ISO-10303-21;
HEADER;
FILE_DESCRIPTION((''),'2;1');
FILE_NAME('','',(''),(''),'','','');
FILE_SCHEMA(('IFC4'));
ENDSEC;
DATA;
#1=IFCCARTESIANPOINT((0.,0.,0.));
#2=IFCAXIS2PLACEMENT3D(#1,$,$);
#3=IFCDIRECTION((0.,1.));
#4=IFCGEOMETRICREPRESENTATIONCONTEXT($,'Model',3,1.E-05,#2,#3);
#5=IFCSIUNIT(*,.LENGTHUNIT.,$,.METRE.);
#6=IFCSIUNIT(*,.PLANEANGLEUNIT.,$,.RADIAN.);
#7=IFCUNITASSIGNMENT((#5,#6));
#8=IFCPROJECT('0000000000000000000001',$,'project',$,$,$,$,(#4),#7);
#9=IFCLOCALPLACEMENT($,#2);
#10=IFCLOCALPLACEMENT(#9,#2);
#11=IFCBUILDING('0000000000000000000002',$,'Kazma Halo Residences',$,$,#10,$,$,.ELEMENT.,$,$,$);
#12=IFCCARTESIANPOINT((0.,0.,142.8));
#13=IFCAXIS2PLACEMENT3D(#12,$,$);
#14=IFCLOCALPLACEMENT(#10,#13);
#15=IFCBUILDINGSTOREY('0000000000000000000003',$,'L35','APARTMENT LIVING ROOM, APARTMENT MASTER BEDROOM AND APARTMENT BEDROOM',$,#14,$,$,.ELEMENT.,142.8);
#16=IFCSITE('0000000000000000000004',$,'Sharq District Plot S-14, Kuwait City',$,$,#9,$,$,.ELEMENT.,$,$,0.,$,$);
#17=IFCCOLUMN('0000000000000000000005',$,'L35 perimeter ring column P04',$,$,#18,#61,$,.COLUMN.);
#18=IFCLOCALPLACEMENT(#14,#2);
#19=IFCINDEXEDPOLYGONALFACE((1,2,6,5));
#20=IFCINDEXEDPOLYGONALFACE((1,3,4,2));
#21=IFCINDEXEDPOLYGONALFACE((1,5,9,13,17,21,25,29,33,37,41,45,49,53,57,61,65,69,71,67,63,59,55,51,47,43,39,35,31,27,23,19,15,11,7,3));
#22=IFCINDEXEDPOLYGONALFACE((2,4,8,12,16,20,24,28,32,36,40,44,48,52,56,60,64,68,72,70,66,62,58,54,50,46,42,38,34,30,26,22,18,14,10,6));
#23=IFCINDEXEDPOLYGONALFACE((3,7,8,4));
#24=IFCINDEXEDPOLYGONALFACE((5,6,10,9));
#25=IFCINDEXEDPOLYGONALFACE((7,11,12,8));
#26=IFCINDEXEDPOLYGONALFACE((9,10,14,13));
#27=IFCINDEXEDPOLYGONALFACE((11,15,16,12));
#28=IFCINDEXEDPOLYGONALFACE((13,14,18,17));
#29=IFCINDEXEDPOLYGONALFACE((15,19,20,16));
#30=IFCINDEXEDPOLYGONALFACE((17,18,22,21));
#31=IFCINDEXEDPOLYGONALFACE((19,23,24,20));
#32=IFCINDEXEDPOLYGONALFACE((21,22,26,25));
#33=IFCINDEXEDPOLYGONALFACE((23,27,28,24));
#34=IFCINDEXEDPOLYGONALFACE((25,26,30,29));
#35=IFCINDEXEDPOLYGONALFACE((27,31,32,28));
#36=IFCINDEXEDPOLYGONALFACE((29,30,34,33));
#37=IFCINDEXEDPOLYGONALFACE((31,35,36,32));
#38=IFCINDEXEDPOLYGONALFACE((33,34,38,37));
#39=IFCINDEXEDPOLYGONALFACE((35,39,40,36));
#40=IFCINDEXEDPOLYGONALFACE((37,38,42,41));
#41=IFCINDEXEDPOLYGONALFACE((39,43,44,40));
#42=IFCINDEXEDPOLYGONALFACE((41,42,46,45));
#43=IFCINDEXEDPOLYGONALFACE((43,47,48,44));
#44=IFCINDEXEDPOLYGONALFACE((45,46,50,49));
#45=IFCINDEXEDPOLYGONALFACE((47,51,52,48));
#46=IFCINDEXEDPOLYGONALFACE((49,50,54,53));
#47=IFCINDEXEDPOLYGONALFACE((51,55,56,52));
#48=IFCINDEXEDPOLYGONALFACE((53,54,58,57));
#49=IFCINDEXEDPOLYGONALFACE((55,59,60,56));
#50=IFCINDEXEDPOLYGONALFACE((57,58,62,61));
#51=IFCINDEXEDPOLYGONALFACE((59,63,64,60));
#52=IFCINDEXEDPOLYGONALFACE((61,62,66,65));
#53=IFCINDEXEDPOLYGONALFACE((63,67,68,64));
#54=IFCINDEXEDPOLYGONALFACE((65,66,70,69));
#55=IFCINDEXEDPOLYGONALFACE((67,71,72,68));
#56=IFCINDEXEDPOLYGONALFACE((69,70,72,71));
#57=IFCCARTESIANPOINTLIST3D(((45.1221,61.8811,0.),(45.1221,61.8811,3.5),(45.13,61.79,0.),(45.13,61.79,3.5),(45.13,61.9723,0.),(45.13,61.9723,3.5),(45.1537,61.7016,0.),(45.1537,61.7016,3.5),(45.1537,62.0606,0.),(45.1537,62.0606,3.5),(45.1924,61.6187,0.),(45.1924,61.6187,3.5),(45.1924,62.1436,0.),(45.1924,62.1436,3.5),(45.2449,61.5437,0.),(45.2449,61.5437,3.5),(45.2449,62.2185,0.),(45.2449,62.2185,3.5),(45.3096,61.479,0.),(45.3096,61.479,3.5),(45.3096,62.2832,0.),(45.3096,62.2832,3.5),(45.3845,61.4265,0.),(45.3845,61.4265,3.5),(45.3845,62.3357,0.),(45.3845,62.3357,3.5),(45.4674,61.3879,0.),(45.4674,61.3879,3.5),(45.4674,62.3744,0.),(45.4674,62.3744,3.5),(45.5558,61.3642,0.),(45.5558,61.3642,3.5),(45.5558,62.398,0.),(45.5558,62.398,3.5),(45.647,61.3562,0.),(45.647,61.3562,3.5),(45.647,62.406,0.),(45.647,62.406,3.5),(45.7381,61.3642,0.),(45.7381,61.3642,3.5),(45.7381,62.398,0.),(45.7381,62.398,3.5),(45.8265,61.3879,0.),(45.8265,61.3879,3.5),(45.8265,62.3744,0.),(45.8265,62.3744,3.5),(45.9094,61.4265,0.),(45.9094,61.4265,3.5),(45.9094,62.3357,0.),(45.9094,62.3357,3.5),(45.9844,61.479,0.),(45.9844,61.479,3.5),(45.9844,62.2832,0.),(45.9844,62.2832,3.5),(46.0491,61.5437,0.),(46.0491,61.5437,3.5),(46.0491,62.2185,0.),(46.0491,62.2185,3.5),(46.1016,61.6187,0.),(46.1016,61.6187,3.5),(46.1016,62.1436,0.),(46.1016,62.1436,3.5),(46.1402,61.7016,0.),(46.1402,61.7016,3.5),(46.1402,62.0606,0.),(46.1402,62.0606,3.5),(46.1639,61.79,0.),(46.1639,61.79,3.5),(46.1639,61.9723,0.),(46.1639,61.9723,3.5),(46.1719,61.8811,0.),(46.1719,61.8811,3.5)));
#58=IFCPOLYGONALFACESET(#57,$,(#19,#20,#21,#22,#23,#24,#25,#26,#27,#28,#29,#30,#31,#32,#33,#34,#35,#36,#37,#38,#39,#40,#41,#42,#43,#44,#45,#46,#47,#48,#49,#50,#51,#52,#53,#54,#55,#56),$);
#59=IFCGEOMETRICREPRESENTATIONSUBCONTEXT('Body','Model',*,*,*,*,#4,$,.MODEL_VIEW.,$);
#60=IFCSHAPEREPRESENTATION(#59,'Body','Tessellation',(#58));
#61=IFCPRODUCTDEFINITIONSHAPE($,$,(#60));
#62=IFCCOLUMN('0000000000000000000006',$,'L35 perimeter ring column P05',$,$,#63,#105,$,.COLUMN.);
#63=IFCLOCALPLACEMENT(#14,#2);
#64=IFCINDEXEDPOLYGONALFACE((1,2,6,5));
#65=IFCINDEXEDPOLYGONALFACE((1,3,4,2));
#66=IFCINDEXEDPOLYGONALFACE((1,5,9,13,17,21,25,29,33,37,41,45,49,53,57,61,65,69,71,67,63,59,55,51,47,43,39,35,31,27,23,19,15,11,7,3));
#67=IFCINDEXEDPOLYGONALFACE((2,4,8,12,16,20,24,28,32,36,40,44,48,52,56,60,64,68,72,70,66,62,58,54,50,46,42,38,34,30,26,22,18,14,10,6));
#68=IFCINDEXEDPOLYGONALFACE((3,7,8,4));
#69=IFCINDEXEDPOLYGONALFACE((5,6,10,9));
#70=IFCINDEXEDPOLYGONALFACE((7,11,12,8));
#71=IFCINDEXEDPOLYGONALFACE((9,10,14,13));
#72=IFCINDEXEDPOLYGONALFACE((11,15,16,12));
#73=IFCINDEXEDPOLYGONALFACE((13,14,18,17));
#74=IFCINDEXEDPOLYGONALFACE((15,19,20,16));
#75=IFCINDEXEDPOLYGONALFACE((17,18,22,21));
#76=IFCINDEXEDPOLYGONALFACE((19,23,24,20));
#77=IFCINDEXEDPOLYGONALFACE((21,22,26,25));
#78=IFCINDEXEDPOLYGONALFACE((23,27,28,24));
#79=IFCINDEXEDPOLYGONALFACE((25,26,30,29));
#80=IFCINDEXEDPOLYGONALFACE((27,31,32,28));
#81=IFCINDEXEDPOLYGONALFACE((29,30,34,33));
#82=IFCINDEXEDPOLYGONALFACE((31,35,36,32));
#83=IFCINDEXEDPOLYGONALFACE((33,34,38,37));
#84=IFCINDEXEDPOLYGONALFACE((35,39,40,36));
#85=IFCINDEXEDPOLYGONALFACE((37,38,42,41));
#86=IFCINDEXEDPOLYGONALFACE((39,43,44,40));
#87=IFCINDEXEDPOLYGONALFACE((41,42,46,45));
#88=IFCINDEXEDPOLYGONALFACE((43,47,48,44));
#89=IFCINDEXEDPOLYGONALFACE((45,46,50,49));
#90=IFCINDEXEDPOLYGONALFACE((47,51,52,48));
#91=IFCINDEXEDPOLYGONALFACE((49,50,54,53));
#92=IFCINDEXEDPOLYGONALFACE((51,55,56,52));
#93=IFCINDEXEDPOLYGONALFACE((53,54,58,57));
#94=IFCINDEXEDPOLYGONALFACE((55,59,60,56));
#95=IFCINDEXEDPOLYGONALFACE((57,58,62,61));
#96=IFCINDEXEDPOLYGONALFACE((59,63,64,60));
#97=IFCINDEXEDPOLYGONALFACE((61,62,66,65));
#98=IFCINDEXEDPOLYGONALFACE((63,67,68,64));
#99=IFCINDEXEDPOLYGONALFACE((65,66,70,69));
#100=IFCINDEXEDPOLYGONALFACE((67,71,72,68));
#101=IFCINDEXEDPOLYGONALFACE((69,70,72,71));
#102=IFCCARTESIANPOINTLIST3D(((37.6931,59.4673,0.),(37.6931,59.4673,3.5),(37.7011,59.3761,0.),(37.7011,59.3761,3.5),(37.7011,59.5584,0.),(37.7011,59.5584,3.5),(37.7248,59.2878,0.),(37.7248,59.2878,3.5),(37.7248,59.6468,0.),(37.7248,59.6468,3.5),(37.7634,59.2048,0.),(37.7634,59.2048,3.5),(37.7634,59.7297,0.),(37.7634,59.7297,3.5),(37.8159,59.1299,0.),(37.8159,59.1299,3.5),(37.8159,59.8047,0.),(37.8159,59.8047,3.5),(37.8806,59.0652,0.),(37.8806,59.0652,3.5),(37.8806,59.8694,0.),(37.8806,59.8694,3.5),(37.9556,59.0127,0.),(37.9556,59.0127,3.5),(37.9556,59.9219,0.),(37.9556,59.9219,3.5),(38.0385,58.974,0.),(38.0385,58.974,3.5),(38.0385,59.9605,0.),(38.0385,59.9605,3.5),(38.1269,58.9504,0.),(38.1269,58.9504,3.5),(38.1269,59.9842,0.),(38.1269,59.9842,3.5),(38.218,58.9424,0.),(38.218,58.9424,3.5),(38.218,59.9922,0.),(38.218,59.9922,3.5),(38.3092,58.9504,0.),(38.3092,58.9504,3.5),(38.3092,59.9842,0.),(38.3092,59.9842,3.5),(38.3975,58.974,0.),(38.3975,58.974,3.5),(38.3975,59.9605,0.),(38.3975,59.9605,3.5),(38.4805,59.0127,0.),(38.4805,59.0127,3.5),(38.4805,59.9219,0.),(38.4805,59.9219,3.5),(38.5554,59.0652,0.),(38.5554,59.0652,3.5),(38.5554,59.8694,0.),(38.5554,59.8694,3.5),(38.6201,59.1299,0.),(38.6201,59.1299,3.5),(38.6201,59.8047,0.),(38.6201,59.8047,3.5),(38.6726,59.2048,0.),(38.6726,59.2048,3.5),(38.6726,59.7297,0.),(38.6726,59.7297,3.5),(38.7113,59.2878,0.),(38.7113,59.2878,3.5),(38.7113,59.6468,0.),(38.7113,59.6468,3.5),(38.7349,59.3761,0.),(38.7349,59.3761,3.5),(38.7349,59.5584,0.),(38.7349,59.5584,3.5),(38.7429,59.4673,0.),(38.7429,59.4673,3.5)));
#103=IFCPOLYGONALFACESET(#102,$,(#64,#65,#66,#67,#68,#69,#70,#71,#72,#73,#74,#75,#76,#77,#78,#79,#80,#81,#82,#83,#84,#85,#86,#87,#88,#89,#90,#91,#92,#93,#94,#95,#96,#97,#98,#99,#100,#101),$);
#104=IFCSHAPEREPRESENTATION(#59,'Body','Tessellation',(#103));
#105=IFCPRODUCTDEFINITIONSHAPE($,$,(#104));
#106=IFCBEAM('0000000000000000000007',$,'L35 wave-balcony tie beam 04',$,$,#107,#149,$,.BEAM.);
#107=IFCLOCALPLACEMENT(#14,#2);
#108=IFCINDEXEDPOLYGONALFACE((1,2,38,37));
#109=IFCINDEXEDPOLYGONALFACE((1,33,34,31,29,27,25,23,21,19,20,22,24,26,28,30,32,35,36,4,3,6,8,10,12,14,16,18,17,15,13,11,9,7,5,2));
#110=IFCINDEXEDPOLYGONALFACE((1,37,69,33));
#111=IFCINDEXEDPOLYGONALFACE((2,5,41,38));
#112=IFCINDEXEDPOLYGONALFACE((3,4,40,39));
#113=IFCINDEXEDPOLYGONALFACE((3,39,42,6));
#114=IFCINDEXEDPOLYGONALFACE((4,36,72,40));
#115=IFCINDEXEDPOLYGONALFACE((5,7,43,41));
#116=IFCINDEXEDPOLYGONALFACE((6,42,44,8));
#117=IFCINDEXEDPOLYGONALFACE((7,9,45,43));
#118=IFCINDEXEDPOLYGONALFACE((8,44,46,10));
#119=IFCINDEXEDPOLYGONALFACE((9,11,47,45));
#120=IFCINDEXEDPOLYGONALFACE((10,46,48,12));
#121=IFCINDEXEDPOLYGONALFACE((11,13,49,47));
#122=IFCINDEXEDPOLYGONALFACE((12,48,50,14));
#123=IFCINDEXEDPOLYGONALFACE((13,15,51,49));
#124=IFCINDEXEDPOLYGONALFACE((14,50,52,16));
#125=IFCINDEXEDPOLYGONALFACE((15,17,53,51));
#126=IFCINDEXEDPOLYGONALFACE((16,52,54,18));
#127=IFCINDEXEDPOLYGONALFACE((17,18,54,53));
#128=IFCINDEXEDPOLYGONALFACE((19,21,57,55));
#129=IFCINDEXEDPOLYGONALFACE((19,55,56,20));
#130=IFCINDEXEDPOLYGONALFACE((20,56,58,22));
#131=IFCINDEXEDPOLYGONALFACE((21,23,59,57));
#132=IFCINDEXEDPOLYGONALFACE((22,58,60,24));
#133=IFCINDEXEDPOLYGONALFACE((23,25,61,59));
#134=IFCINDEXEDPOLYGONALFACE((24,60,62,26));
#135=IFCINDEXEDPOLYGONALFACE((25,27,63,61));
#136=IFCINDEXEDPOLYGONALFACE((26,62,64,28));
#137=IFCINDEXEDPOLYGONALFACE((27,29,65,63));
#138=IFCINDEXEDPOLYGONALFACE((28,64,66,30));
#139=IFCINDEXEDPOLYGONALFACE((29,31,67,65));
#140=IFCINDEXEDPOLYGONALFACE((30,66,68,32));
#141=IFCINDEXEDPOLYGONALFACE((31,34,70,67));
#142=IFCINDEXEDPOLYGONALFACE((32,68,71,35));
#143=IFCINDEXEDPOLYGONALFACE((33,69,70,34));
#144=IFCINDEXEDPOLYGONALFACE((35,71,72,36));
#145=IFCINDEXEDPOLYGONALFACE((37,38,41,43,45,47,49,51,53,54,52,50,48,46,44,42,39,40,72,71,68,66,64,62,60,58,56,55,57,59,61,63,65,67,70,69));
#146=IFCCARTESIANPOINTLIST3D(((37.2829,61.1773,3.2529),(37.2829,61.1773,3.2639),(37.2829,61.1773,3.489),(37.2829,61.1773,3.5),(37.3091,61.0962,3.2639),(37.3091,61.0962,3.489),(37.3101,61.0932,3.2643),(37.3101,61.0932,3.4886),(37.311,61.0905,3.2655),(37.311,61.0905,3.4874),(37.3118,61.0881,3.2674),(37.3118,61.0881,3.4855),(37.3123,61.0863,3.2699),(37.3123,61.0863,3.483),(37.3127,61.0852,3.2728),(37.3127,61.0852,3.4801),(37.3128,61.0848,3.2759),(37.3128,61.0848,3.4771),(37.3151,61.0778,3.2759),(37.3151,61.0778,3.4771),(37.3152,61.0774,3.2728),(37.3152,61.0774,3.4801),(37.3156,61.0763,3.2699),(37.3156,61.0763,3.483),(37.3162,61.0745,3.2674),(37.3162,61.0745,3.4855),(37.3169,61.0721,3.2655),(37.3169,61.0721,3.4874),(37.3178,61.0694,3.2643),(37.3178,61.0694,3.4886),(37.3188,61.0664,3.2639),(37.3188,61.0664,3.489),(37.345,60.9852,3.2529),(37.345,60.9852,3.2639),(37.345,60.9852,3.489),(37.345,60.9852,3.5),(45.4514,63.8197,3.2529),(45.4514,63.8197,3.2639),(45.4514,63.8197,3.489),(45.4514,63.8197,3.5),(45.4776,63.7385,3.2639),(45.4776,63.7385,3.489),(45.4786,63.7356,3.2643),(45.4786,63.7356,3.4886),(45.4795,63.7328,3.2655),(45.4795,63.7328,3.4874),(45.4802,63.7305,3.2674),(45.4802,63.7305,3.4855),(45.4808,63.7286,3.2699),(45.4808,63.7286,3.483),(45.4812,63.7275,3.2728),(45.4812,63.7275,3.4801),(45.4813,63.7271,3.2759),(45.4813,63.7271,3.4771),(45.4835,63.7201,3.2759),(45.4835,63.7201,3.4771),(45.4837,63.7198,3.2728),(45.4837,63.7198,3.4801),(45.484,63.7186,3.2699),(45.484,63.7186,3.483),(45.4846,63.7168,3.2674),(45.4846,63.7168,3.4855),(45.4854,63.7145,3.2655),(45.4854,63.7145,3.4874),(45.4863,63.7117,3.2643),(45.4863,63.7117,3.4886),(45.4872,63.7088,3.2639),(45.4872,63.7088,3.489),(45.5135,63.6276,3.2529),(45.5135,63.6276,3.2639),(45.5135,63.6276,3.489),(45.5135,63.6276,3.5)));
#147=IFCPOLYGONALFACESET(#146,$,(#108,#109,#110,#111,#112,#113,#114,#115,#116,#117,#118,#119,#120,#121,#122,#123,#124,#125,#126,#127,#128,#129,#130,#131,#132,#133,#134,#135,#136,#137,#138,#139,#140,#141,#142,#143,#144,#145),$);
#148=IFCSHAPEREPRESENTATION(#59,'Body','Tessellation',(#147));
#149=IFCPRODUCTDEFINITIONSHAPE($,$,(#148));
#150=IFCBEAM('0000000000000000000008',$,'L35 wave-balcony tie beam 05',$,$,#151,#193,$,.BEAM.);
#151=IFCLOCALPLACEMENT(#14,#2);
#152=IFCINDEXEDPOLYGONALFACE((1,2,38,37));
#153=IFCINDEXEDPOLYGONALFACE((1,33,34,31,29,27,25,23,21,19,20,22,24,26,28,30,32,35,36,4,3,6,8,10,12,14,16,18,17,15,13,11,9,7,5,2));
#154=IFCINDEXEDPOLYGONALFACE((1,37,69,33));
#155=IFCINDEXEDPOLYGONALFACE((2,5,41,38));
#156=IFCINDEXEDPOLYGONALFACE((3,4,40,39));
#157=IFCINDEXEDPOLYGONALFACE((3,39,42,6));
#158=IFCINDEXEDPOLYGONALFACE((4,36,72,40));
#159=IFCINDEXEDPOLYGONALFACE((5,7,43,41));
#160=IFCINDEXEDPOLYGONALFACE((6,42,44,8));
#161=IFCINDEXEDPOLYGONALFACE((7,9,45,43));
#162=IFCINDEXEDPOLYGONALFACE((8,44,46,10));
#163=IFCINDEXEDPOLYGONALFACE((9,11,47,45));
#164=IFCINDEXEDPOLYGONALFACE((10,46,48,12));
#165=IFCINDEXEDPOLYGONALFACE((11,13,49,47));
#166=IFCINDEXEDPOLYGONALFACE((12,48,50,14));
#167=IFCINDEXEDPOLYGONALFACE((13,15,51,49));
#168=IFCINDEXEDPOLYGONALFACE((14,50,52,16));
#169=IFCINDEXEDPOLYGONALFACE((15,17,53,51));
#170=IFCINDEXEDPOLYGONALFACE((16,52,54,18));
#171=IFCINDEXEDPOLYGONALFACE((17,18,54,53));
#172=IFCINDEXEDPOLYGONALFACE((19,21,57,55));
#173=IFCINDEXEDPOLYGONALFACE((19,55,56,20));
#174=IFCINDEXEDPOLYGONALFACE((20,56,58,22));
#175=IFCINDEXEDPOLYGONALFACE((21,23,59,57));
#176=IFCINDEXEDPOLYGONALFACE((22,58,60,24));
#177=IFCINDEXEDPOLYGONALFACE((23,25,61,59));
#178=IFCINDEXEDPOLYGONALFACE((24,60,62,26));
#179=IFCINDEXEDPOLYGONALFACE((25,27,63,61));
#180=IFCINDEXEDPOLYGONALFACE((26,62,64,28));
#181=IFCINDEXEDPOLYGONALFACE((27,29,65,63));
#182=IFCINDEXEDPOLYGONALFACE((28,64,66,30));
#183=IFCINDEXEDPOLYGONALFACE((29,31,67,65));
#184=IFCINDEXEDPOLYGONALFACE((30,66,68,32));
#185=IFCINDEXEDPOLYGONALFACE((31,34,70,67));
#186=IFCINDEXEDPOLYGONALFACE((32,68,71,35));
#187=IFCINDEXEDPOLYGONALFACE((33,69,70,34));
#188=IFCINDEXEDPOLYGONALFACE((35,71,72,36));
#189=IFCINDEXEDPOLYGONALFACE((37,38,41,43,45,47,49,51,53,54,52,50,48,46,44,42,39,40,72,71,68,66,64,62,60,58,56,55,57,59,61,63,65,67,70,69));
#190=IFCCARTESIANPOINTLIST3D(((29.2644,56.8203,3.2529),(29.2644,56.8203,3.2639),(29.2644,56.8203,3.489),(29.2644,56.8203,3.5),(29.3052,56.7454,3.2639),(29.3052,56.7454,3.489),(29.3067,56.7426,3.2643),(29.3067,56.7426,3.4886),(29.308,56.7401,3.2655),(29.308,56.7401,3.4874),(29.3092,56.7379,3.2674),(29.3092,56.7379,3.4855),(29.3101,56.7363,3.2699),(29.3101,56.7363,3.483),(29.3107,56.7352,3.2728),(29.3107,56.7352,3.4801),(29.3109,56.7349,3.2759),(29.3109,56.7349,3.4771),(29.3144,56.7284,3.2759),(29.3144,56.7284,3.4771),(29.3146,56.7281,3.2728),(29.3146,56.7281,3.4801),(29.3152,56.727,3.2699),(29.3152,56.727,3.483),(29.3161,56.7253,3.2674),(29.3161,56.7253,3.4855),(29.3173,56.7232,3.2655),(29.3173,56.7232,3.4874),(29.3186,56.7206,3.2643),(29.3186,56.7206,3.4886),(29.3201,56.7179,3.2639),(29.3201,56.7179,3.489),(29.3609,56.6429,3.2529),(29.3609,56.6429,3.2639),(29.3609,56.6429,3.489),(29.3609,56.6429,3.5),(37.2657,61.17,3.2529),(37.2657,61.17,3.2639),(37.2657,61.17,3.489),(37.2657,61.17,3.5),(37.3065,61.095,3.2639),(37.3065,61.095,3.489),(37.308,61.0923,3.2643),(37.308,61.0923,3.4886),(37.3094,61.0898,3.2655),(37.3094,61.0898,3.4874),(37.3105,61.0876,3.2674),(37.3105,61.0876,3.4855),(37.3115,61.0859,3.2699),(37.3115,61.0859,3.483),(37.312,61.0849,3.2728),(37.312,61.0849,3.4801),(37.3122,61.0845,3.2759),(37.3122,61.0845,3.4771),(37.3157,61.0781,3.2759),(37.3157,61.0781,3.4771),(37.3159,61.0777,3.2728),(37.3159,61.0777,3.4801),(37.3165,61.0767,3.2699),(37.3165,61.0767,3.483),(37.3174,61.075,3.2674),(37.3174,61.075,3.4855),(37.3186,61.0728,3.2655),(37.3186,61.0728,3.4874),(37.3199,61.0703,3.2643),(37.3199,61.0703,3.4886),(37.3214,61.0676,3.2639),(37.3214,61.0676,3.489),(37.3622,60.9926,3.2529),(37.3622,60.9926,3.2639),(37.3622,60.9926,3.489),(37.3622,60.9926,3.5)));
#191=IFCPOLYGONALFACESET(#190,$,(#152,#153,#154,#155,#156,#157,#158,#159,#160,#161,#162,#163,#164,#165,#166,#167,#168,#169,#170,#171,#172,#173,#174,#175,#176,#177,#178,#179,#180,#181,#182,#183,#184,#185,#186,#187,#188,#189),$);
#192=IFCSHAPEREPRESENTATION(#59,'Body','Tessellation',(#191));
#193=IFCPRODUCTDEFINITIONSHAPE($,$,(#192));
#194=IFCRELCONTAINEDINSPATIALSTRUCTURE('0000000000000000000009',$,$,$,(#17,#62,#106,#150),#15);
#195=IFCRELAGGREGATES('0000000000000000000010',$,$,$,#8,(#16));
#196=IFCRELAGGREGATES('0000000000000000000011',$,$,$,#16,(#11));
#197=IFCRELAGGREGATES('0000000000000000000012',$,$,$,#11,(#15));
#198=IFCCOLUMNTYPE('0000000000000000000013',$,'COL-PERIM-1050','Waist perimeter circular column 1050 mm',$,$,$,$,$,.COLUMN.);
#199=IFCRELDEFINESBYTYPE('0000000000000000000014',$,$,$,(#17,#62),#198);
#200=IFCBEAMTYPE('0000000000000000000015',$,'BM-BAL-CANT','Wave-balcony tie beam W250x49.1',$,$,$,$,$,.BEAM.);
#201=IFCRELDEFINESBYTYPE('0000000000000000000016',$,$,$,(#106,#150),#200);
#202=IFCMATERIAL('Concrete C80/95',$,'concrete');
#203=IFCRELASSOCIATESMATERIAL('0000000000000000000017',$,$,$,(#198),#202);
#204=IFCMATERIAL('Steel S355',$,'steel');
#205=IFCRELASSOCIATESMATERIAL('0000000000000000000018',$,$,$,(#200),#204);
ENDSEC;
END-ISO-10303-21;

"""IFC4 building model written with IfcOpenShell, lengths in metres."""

from ifc_helpers import new_model, si_unit, direction, frame, origin, origin_2d, place, context, subcontext, project, spatial, circle, i_section, extrude, material, material_profile, profile_set, type_object, element, save


model = new_model("IFC4")

# Units and contexts
model_context = context("Model", 3, precision=1e-05, world=origin(), true_north=direction((0.0, 1.0)))
body_context = subcontext(model_context, "Body", "Model", "MODEL_VIEW")
ifc_project = project(units=[si_unit("LENGTHUNIT", "METRE"), si_unit("PLANEANGLEUNIT", "RADIAN")], contexts=[model_context])

# Site, building, storey
site_placement = place(None, origin())
site = spatial("IfcSite", under=ifc_project, at=site_placement, Name="Sharq District Plot S-14, Kuwait City", CompositionType="ELEMENT", RefElevation=0.0)
building_placement = place(site_placement, origin())
building = spatial("IfcBuilding", under=site, at=building_placement, Name="Kazma Halo Residences", CompositionType="ELEMENT")
storey_placement = place(building_placement, frame((0.0, 0.0, 142.8)))
storey = spatial("IfcBuildingStorey", under=building, at=storey_placement, Name="L35", Description="APARTMENT LIVING ROOM, APARTMENT MASTER BEDROOM AND APARTMENT BEDROOM", CompositionType="ELEMENT", Elevation=142.8)

# Columns
ifc_material_1 = material(Name="Concrete C80/95", Category="concrete")
ifc_material_profile_1 = material_profile(ifc_material_1, circle(Radius=0.5249, at=origin_2d()), Name="CIRC1050")
ifc_profile_set_1 = profile_set([ifc_material_profile_1], Name="Concrete C80/95")
column_type = type_object("IfcColumnType", Name="COL-PERIM-1050", Description="Waist perimeter circular column 1050 mm", PredefinedType="COLUMN", material=ifc_profile_set_1)
for number, where, z_axis, x_axis, name in (
    (1, (45.647, 61.8811, 0.0), (0.0, 0.0, 1.0), (1.0, 0.0, 0.0), "L35 perimeter ring column P04"),
    (2, (38.218, 59.4673, 0.0), (0.0, 0.0, 1.0), (1.0, 0.0, 0.0), "L35 perimeter ring column P05"),
):
    element("IfcColumn", number, at=place(storey_placement, frame(where, z_axis=z_axis, x_axis=x_axis)), inside=storey, type_object=column_type, Name=name, PredefinedType="COLUMN", context=body_context, shape_type="SweptSolid", body=[
        extrude(circle(Radius=0.5249, at=origin_2d()), origin(), (0.0, 0.0, 1.0), 3.5),
    ])

# Beams
ifc_material_2 = material(Name="Steel S355", Category="steel")
ifc_material_profile_2 = material_profile(ifc_material_2, i_section(OverallWidth=0.2019, OverallDepth=0.2471, WebThickness=0.0073, FlangeThickness=0.011, FilletRadius=0.012, at=origin_2d()), Name="W250x49.1")
ifc_profile_set_2 = profile_set([ifc_material_profile_2], Name="Steel S355")
beam_type_1 = type_object("IfcBeamType", Name="BM-BAL-CANT", Description="Wave-balcony tie beam W250x49.1", PredefinedType="BEAM", material=ifc_profile_set_2)
beam_1_placement = place(storey_placement, frame((45.4824, 63.7236, 3.3765), z_axis=(-0.951458, -0.307778, 0.0), x_axis=(0.307778, -0.951458, 0.0)))
element("IfcBeam", 3, at=beam_1_placement, inside=storey, type_object=beam_type_1, Name="L35 wave-balcony tie beam 04", PredefinedType="BEAM", context=body_context, shape_type="SweptSolid", body=[
    extrude(i_section(OverallWidth=0.2019, OverallDepth=0.2471, WebThickness=0.0073, FlangeThickness=0.011, FilletRadius=0.012, at=origin_2d()), origin(), (0.0, 0.0, 1.0), 8.5852),
])
beam_2_placement = place(storey_placement, frame((37.314, 61.0813, 3.3765), z_axis=(-0.878573, -0.477608, 0.0), x_axis=(0.477608, -0.878573, 0.0)))
element("IfcBeam", 4, at=beam_2_placement, inside=storey, type_object=beam_type_1, Name="L35 wave-balcony tie beam 05", PredefinedType="BEAM", context=body_context, shape_type="SweptSolid", body=[
    extrude(i_section(OverallWidth=0.2019, OverallDepth=0.2471, WebThickness=0.0073, FlangeThickness=0.011, FilletRadius=0.012, at=origin_2d()), origin(), (0.0, 0.0, 1.0), 9.1072),
])

save(model, "model.ifc")
